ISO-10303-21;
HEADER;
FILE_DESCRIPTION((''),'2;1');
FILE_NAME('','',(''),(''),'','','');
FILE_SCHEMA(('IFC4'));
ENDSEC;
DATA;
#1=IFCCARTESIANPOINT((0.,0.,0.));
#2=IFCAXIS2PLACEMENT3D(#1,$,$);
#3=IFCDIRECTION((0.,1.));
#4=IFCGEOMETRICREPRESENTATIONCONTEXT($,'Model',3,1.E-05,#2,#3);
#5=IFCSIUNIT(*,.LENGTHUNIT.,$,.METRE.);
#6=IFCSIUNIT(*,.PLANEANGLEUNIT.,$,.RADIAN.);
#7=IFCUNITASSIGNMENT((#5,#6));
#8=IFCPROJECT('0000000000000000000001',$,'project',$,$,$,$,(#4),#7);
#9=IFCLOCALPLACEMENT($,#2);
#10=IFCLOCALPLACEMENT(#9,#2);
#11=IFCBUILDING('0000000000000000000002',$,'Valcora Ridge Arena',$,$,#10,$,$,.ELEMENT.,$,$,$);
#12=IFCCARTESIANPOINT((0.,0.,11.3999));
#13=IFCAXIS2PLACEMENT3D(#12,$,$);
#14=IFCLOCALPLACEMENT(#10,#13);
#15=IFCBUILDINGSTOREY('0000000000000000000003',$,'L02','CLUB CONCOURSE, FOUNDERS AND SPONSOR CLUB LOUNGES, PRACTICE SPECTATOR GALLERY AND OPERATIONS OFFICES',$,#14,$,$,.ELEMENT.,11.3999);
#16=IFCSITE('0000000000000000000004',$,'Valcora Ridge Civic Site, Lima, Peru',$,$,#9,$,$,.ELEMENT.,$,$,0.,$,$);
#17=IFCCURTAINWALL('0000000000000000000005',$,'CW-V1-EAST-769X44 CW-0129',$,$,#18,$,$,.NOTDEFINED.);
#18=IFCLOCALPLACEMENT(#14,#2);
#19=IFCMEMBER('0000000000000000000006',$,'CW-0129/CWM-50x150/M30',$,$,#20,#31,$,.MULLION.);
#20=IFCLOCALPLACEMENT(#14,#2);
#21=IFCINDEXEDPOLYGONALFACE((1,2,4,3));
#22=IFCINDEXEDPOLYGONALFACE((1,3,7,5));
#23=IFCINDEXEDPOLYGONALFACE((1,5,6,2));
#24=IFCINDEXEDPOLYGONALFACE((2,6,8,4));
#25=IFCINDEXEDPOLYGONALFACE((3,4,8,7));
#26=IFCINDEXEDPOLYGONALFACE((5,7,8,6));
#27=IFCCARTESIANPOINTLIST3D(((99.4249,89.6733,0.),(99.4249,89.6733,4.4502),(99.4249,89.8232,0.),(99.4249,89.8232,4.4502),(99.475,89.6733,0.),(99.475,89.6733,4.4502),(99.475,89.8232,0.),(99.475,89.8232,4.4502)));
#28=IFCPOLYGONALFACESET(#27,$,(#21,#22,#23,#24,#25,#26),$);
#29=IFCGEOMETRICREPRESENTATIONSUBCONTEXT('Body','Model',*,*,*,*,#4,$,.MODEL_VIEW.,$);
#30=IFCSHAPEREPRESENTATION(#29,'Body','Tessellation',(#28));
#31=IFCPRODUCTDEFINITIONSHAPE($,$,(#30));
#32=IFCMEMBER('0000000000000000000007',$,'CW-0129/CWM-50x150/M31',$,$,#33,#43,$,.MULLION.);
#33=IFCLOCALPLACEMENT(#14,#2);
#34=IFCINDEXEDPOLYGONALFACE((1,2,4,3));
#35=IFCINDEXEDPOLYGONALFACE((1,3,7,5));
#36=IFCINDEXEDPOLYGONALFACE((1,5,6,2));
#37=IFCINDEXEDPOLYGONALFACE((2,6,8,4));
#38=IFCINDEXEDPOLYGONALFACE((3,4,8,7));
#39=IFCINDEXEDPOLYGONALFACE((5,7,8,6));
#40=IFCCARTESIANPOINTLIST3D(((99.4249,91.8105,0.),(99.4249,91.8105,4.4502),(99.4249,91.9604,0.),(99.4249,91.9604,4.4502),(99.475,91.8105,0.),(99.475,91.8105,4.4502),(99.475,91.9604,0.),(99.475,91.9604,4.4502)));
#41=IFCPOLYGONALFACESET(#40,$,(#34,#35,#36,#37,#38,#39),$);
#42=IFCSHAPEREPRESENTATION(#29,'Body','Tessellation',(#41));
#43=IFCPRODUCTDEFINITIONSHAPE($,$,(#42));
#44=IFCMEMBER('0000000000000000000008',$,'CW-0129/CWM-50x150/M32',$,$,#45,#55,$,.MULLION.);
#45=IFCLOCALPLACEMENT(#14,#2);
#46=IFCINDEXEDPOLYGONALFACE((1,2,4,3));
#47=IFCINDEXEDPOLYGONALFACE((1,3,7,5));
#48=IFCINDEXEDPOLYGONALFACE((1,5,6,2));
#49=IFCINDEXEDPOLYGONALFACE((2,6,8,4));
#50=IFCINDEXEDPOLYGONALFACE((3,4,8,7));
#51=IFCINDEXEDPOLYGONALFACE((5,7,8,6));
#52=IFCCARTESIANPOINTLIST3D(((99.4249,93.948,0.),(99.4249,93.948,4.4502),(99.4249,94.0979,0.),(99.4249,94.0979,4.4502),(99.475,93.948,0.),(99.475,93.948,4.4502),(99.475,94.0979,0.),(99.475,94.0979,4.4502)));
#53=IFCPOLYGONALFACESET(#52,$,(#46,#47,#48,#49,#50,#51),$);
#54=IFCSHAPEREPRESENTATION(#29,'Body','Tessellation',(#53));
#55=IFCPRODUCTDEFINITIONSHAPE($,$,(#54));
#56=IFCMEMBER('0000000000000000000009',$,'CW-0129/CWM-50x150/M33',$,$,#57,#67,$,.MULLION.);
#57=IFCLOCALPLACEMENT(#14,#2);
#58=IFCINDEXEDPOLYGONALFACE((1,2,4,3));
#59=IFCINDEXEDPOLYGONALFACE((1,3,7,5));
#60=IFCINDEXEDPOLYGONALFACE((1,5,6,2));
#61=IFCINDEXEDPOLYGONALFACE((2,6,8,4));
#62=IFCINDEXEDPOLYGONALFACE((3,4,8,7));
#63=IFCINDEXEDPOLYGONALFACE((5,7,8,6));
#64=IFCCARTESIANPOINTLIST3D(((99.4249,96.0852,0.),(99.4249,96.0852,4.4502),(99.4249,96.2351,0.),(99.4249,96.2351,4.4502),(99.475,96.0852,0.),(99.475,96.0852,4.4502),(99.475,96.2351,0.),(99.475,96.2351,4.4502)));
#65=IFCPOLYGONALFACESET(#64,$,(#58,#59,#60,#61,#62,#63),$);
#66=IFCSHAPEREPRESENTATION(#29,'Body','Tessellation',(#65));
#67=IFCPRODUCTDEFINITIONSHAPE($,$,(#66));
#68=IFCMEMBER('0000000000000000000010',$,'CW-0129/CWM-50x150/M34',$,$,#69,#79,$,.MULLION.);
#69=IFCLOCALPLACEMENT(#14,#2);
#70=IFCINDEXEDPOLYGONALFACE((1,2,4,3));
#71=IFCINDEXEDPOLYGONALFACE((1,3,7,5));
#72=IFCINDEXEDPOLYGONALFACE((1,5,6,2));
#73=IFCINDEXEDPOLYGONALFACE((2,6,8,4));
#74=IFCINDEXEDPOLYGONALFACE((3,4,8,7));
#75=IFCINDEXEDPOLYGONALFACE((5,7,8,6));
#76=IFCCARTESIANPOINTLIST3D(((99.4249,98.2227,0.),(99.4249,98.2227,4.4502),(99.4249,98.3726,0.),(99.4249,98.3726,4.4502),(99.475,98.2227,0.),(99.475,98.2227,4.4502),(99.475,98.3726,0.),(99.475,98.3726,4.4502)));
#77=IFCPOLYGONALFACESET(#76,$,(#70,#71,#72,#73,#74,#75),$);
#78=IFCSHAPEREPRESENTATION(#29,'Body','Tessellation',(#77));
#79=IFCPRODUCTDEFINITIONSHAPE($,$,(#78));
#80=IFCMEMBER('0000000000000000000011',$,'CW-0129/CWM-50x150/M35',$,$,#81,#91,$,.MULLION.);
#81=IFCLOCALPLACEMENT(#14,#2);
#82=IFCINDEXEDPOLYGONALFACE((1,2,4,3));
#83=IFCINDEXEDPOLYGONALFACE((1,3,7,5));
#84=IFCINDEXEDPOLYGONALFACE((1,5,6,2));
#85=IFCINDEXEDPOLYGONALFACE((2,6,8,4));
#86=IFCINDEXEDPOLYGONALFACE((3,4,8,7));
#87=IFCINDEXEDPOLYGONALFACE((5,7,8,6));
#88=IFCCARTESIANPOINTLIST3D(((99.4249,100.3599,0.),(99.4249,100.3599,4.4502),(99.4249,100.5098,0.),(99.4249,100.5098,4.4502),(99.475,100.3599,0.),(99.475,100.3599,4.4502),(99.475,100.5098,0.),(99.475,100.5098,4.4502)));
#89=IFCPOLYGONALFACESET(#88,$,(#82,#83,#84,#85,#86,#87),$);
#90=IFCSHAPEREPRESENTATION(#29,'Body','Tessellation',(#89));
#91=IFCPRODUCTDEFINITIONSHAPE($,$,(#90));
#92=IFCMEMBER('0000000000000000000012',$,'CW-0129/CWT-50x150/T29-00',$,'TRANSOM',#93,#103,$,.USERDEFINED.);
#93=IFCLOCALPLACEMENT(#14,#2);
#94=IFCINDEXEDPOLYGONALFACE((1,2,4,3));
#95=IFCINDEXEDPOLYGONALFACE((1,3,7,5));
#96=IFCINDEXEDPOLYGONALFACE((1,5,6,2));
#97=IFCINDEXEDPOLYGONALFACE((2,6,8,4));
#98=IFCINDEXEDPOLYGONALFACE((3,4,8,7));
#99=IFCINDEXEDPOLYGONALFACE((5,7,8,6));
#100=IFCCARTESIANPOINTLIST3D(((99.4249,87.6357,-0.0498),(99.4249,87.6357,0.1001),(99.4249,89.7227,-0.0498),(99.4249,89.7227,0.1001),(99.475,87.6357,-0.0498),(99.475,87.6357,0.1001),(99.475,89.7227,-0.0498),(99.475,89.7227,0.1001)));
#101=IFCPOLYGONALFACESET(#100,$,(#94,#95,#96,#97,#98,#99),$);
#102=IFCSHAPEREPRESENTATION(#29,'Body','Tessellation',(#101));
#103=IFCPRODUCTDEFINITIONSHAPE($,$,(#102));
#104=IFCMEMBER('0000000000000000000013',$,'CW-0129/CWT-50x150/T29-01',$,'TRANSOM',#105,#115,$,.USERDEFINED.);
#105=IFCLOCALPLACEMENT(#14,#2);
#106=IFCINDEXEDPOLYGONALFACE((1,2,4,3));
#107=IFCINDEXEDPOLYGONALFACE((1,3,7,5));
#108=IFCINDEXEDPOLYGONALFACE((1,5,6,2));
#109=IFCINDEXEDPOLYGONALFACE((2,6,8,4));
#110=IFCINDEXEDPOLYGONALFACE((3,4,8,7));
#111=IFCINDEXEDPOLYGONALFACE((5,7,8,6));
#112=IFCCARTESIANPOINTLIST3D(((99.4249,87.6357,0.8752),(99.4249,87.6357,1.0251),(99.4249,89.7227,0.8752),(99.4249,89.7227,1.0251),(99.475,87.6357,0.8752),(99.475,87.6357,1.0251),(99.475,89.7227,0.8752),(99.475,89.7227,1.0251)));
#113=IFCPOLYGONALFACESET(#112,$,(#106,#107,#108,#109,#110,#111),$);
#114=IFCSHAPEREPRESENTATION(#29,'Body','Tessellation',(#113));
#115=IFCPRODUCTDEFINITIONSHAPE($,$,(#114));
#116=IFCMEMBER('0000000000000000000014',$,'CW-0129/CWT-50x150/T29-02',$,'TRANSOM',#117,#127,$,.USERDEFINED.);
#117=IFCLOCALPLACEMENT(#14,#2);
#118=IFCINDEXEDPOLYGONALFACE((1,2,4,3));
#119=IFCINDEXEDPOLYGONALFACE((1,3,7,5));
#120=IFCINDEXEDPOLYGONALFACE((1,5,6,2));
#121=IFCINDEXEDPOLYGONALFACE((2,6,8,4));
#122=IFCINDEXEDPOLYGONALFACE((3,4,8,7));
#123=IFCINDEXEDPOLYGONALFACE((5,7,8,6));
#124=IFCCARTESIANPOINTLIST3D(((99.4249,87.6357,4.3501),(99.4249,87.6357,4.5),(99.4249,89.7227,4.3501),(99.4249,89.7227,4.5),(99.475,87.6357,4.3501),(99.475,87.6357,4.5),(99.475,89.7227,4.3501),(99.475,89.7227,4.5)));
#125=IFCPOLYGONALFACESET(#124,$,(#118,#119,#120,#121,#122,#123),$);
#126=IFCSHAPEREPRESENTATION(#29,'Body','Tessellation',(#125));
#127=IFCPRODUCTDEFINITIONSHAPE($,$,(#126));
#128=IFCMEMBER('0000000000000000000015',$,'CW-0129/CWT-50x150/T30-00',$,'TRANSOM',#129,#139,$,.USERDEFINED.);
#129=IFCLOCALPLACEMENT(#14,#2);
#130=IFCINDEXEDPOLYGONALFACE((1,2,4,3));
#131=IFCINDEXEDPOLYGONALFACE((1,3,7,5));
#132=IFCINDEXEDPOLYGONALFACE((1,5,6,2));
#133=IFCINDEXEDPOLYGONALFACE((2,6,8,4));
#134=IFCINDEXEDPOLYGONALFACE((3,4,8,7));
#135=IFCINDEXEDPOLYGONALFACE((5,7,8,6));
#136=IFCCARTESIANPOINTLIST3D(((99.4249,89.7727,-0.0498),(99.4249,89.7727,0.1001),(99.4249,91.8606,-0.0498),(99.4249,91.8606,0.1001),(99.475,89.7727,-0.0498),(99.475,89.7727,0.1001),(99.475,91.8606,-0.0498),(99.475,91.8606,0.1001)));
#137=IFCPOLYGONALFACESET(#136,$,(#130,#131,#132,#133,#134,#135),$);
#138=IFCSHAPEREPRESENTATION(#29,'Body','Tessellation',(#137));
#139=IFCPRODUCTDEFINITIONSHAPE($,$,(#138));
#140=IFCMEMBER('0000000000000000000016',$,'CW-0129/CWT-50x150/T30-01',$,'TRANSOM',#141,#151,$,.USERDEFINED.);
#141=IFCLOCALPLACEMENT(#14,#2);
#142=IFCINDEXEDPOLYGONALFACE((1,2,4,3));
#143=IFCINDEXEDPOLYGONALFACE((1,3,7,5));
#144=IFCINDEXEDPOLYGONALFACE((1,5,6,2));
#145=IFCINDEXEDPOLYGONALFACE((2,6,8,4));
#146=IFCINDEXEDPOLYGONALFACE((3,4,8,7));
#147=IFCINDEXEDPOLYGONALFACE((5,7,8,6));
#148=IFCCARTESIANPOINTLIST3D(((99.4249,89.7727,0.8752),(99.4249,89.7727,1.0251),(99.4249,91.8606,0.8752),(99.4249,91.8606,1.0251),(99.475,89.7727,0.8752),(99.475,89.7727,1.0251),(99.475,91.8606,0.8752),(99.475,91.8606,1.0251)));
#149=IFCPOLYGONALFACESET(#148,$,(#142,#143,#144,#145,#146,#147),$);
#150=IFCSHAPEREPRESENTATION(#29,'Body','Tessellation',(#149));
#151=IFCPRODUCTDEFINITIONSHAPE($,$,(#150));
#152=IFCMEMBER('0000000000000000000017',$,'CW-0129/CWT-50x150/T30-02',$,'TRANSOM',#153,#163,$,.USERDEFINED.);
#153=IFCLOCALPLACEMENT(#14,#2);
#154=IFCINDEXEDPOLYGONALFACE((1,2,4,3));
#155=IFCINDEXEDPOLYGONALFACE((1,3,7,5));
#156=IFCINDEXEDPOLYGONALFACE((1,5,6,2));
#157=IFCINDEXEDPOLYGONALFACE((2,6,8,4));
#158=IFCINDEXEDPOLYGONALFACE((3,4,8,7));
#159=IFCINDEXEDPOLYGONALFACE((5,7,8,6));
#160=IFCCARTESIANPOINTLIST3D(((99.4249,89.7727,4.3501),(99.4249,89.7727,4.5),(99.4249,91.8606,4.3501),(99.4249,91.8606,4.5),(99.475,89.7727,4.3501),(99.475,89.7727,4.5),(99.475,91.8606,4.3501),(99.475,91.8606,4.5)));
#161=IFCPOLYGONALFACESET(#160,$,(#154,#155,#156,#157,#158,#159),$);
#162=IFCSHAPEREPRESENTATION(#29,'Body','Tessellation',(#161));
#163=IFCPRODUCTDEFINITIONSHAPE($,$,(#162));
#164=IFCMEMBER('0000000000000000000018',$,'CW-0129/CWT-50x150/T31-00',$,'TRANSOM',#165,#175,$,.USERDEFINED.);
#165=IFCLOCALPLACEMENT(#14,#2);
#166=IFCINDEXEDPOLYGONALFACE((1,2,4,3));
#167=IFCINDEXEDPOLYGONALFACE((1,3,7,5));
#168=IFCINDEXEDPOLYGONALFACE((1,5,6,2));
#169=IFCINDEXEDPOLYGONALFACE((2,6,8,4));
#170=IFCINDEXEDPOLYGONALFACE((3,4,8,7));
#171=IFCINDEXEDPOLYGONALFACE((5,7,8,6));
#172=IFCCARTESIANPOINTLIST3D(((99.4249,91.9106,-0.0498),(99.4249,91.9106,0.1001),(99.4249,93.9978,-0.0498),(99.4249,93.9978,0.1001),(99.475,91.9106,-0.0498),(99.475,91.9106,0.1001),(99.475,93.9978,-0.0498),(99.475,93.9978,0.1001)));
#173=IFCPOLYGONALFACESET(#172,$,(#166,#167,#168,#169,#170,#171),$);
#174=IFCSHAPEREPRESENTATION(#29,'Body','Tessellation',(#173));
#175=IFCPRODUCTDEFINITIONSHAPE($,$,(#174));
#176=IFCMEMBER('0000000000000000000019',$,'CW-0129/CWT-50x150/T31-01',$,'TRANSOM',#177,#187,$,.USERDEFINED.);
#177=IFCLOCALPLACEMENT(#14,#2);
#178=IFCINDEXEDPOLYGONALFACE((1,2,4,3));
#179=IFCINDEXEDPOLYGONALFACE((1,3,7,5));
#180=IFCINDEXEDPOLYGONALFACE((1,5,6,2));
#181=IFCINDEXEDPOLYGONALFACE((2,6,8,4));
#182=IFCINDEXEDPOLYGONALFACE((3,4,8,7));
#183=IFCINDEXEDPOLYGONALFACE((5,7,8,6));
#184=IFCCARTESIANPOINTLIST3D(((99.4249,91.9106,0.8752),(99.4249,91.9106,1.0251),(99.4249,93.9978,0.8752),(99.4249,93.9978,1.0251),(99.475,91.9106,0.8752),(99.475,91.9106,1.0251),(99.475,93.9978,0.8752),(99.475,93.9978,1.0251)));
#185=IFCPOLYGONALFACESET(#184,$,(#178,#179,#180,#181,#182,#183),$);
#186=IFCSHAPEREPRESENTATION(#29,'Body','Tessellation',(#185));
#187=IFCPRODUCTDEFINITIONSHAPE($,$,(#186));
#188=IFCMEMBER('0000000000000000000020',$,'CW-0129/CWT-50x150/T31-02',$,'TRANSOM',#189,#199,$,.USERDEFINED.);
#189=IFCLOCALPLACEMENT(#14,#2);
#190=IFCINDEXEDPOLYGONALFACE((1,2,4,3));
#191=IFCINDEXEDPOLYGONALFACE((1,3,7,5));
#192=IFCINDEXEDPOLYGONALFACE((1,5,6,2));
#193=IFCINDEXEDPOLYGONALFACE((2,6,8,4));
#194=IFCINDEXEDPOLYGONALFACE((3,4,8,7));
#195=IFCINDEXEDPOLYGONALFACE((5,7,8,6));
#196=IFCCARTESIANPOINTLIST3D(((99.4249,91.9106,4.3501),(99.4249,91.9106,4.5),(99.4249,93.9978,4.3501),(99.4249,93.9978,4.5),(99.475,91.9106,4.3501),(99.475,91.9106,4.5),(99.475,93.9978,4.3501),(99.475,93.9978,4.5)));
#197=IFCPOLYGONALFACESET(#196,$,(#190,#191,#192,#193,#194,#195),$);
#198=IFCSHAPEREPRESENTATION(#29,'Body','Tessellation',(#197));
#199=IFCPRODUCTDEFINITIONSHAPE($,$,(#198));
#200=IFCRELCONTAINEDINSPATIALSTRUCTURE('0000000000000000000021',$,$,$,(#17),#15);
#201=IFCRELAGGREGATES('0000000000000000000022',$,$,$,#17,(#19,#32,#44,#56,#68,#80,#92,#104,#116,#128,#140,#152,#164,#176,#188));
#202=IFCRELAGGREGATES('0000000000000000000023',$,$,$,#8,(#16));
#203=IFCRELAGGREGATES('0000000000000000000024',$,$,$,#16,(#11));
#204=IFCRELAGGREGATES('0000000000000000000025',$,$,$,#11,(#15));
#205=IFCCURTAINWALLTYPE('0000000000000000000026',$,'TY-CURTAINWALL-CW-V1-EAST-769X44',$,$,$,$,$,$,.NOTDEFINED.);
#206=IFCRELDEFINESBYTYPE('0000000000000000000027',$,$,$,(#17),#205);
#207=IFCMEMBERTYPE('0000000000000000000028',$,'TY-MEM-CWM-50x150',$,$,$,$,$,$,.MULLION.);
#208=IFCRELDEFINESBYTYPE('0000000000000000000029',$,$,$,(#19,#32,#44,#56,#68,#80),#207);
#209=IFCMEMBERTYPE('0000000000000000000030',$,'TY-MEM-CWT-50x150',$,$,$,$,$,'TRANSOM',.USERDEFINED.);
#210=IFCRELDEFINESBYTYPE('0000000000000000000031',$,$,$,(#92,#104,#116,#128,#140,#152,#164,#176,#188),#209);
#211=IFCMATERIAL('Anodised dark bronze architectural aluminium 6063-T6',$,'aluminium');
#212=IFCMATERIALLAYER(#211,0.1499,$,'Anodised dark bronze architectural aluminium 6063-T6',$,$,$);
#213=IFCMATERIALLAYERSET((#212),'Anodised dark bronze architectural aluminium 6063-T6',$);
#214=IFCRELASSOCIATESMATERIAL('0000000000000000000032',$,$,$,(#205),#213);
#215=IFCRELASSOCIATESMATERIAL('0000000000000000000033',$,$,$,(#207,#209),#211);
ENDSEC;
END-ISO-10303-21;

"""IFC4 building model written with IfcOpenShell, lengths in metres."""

from ifc_helpers import new_model, si_unit, direction, frame, origin, origin_2d, place, context, subcontext, project, spatial, rectangle, extrude, material, layer, layer_set, material_profile, profile_set, type_object, element, aggregate, save


model = new_model("IFC4")

# Units and contexts
model_context = context("Model", 3, precision=1e-05, world=origin(), true_north=direction((0.0, 1.0)))
body_context = subcontext(model_context, "Body", "Model", "MODEL_VIEW")
ifc_project = project(units=[si_unit("LENGTHUNIT", "METRE"), si_unit("PLANEANGLEUNIT", "RADIAN")], contexts=[model_context])

# Site, building, storey
site_placement = place(None, origin())
site = spatial("IfcSite", under=ifc_project, at=site_placement, Name="Valcora Ridge Civic Site, Lima, Peru", CompositionType="ELEMENT", RefElevation=0.0)
building_placement = place(site_placement, origin())
building = spatial("IfcBuilding", under=site, at=building_placement, Name="Valcora Ridge Arena", CompositionType="ELEMENT")
storey_placement = place(building_placement, frame((0.0, 0.0, 11.3999)))
storey = spatial("IfcBuildingStorey", under=building, at=storey_placement, Name="L02", Description="CLUB CONCOURSE, FOUNDERS AND SPONSOR CLUB LOUNGES, PRACTICE SPECTATOR GALLERY AND OPERATIONS OFFICES", CompositionType="ELEMENT", Elevation=11.3999)

# Curtain wall, members
ifc_material_1 = material(Name="Anodised dark bronze architectural aluminium 6063-T6", Category="aluminium")
ifc_layer_1 = layer(ifc_material_1, 0.1499, Name="Anodised dark bronze architectural aluminium 6063-T6")
ifc_layer_set_1 = layer_set([ifc_layer_1], Name="Anodised dark bronze architectural aluminium 6063-T6")
curtain_wall_type = type_object("IfcCurtainWallType", Name="TY-CURTAINWALL-CW-V1-EAST-769X44", PredefinedType="NOTDEFINED", material=ifc_layer_set_1)
curtain_wall_placement = place(storey_placement, origin())
curtain_wall = element("IfcCurtainWall", 1, at=curtain_wall_placement, inside=storey, type_object=curtain_wall_type, Name="CW-V1-EAST-769X44 CW-0129", PredefinedType="NOTDEFINED")
ifc_material_profile_1 = material_profile(ifc_material_1, rectangle(XDim=0.05, YDim=0.1499, at=origin_2d()), Name="ALU MULLION 50x150")
ifc_profile_set_1 = profile_set([ifc_material_profile_1], Name="Anodised dark bronze architectural aluminium 6063-T6")
member_type_1 = type_object("IfcMemberType", Name="TY-MEM-CWM-50x150", PredefinedType="MULLION", material=ifc_profile_set_1)
member_1_placement = place(storey_placement, frame((99.45, 89.7483, 0.0), z_axis=(0.0, 0.0, 1.0), x_axis=(-1.0, 0.0, 0.0)))
member_1 = element("IfcMember", 2, at=member_1_placement, type_object=member_type_1, Name="CW-0129/CWM-50x150/M30", PredefinedType="MULLION", context=body_context, shape_type="SweptSolid", body=[
    extrude(rectangle(XDim=0.05, YDim=0.1499, at=origin_2d()), origin(), (0.0, 0.0, 1.0), 4.4502),
])
member_2_placement = place(storey_placement, frame((99.45, 91.8855, 0.0), z_axis=(0.0, 0.0, 1.0), x_axis=(-1.0, 0.0, 0.0)))
member_2 = element("IfcMember", 3, at=member_2_placement, type_object=member_type_1, Name="CW-0129/CWM-50x150/M31", PredefinedType="MULLION", context=body_context, shape_type="SweptSolid", body=[
    extrude(rectangle(XDim=0.05, YDim=0.1499, at=origin_2d()), origin(), (0.0, 0.0, 1.0), 4.4502),
])
member_3_placement = place(storey_placement, frame((99.45, 94.0229, 0.0), z_axis=(0.0, 0.0, 1.0), x_axis=(-1.0, 0.0, 0.0)))
member_3 = element("IfcMember", 4, at=member_3_placement, type_object=member_type_1, Name="CW-0129/CWM-50x150/M32", PredefinedType="MULLION", context=body_context, shape_type="SweptSolid", body=[
    extrude(rectangle(XDim=0.05, YDim=0.1499, at=origin_2d()), origin(), (0.0, 0.0, 1.0), 4.4502),
])
member_4_placement = place(storey_placement, frame((99.45, 96.1602, 0.0), z_axis=(0.0, 0.0, 1.0), x_axis=(-1.0, 0.0, 0.0)))
member_4 = element("IfcMember", 5, at=member_4_placement, type_object=member_type_1, Name="CW-0129/CWM-50x150/M33", PredefinedType="MULLION", context=body_context, shape_type="SweptSolid", body=[
    extrude(rectangle(XDim=0.05, YDim=0.1499, at=origin_2d()), origin(), (0.0, 0.0, 1.0), 4.4502),
])
member_5_placement = place(storey_placement, frame((99.45, 98.2976, 0.0), z_axis=(0.0, 0.0, 1.0), x_axis=(-1.0, 0.0, 0.0)))
member_5 = element("IfcMember", 6, at=member_5_placement, type_object=member_type_1, Name="CW-0129/CWM-50x150/M34", PredefinedType="MULLION", context=body_context, shape_type="SweptSolid", body=[
    extrude(rectangle(XDim=0.05, YDim=0.1499, at=origin_2d()), origin(), (0.0, 0.0, 1.0), 4.4502),
])
member_6_placement = place(storey_placement, frame((99.45, 100.4348, 0.0), z_axis=(0.0, 0.0, 1.0), x_axis=(-1.0, 0.0, 0.0)))
member_6 = element("IfcMember", 7, at=member_6_placement, type_object=member_type_1, Name="CW-0129/CWM-50x150/M35", PredefinedType="MULLION", context=body_context, shape_type="SweptSolid", body=[
    extrude(rectangle(XDim=0.05, YDim=0.1499, at=origin_2d()), origin(), (0.0, 0.0, 1.0), 4.4502),
])
ifc_material_profile_2 = material_profile(ifc_material_1, rectangle(XDim=0.05, YDim=0.1499, at=origin_2d()), Name="ALU TRANSOM 50x150")
ifc_profile_set_2 = profile_set([ifc_material_profile_2], Name="Anodised dark bronze architectural aluminium 6063-T6")
member_type_2 = type_object("IfcMemberType", Name="TY-MEM-CWT-50x150", ElementType="TRANSOM", PredefinedType="USERDEFINED", material=ifc_profile_set_2)
member_7_placement = place(storey_placement, frame((99.45, 87.6357, 0.0251), z_axis=(0.0, 1.0, 0.0), x_axis=(-1.0, 0.0, 0.0)))
member_7 = element("IfcMember", 8, at=member_7_placement, type_object=member_type_2, Name="CW-0129/CWT-50x150/T29-00", ObjectType="TRANSOM", PredefinedType="USERDEFINED", context=body_context, shape_type="SweptSolid", body=[
    extrude(rectangle(XDim=0.05, YDim=0.1499, at=origin_2d()), origin(), (0.0, 0.0, 1.0), 2.0869),
])
member_8_placement = place(storey_placement, frame((99.45, 87.6357, 0.9502), z_axis=(0.0, 1.0, 0.0), x_axis=(-1.0, 0.0, 0.0)))
member_8 = element("IfcMember", 9, at=member_8_placement, type_object=member_type_2, Name="CW-0129/CWT-50x150/T29-01", ObjectType="TRANSOM", PredefinedType="USERDEFINED", context=body_context, shape_type="SweptSolid", body=[
    extrude(rectangle(XDim=0.05, YDim=0.1499, at=origin_2d()), origin(), (0.0, 0.0, 1.0), 2.0869),
])
member_9_placement = place(storey_placement, frame((99.45, 87.6357, 4.425), z_axis=(0.0, 1.0, 0.0), x_axis=(-1.0, 0.0, 0.0)))
member_9 = element("IfcMember", 10, at=member_9_placement, type_object=member_type_2, Name="CW-0129/CWT-50x150/T29-02", ObjectType="TRANSOM", PredefinedType="USERDEFINED", context=body_context, shape_type="SweptSolid", body=[
    extrude(rectangle(XDim=0.05, YDim=0.1499, at=origin_2d()), origin(), (0.0, 0.0, 1.0), 2.0869),
])
member_10_placement = place(storey_placement, frame((99.45, 89.7727, 0.0251), z_axis=(0.0, 1.0, 0.0), x_axis=(-1.0, 0.0, 0.0)))
member_10 = element("IfcMember", 11, at=member_10_placement, type_object=member_type_2, Name="CW-0129/CWT-50x150/T30-00", ObjectType="TRANSOM", PredefinedType="USERDEFINED", context=body_context, shape_type="SweptSolid", body=[
    extrude(rectangle(XDim=0.05, YDim=0.1499, at=origin_2d()), origin(), (0.0, 0.0, 1.0), 2.0879),
])
member_11_placement = place(storey_placement, frame((99.45, 89.7727, 0.9502), z_axis=(0.0, 1.0, 0.0), x_axis=(-1.0, 0.0, 0.0)))
member_11 = element("IfcMember", 12, at=member_11_placement, type_object=member_type_2, Name="CW-0129/CWT-50x150/T30-01", ObjectType="TRANSOM", PredefinedType="USERDEFINED", context=body_context, shape_type="SweptSolid", body=[
    extrude(rectangle(XDim=0.05, YDim=0.1499, at=origin_2d()), origin(), (0.0, 0.0, 1.0), 2.0879),
])
member_12_placement = place(storey_placement, frame((99.45, 89.7727, 4.425), z_axis=(0.0, 1.0, 0.0), x_axis=(-1.0, 0.0, 0.0)))
member_12 = element("IfcMember", 13, at=member_12_placement, type_object=member_type_2, Name="CW-0129/CWT-50x150/T30-02", ObjectType="TRANSOM", PredefinedType="USERDEFINED", context=body_context, shape_type="SweptSolid", body=[
    extrude(rectangle(XDim=0.05, YDim=0.1499, at=origin_2d()), origin(), (0.0, 0.0, 1.0), 2.0879),
])
member_13_placement = place(storey_placement, frame((99.45, 91.9106, 0.0251), z_axis=(0.0, 1.0, 0.0), x_axis=(-1.0, 0.0, 0.0)))
member_13 = element("IfcMember", 14, at=member_13_placement, type_object=member_type_2, Name="CW-0129/CWT-50x150/T31-00", ObjectType="TRANSOM", PredefinedType="USERDEFINED", context=body_context, shape_type="SweptSolid", body=[
    extrude(rectangle(XDim=0.05, YDim=0.1499, at=origin_2d()), origin(), (0.0, 0.0, 1.0), 2.0872),
])
member_14_placement = place(storey_placement, frame((99.45, 91.9106, 0.9502), z_axis=(0.0, 1.0, 0.0), x_axis=(-1.0, 0.0, 0.0)))
member_14 = element("IfcMember", 15, at=member_14_placement, type_object=member_type_2, Name="CW-0129/CWT-50x150/T31-01", ObjectType="TRANSOM", PredefinedType="USERDEFINED", context=body_context, shape_type="SweptSolid", body=[
    extrude(rectangle(XDim=0.05, YDim=0.1499, at=origin_2d()), origin(), (0.0, 0.0, 1.0), 2.0872),
])
member_15_placement = place(storey_placement, frame((99.45, 91.9106, 4.425), z_axis=(0.0, 1.0, 0.0), x_axis=(-1.0, 0.0, 0.0)))
member_15 = element("IfcMember", 16, at=member_15_placement, type_object=member_type_2, Name="CW-0129/CWT-50x150/T31-02", ObjectType="TRANSOM", PredefinedType="USERDEFINED", context=body_context, shape_type="SweptSolid", body=[
    extrude(rectangle(XDim=0.05, YDim=0.1499, at=origin_2d()), origin(), (0.0, 0.0, 1.0), 2.0872),
])
aggregate(curtain_wall, [member_1, member_2, member_3, member_4, member_5, member_6, member_7, member_8, member_9, member_10, member_11, member_12, member_13, member_14, member_15])

save(model, "model.ifc")
